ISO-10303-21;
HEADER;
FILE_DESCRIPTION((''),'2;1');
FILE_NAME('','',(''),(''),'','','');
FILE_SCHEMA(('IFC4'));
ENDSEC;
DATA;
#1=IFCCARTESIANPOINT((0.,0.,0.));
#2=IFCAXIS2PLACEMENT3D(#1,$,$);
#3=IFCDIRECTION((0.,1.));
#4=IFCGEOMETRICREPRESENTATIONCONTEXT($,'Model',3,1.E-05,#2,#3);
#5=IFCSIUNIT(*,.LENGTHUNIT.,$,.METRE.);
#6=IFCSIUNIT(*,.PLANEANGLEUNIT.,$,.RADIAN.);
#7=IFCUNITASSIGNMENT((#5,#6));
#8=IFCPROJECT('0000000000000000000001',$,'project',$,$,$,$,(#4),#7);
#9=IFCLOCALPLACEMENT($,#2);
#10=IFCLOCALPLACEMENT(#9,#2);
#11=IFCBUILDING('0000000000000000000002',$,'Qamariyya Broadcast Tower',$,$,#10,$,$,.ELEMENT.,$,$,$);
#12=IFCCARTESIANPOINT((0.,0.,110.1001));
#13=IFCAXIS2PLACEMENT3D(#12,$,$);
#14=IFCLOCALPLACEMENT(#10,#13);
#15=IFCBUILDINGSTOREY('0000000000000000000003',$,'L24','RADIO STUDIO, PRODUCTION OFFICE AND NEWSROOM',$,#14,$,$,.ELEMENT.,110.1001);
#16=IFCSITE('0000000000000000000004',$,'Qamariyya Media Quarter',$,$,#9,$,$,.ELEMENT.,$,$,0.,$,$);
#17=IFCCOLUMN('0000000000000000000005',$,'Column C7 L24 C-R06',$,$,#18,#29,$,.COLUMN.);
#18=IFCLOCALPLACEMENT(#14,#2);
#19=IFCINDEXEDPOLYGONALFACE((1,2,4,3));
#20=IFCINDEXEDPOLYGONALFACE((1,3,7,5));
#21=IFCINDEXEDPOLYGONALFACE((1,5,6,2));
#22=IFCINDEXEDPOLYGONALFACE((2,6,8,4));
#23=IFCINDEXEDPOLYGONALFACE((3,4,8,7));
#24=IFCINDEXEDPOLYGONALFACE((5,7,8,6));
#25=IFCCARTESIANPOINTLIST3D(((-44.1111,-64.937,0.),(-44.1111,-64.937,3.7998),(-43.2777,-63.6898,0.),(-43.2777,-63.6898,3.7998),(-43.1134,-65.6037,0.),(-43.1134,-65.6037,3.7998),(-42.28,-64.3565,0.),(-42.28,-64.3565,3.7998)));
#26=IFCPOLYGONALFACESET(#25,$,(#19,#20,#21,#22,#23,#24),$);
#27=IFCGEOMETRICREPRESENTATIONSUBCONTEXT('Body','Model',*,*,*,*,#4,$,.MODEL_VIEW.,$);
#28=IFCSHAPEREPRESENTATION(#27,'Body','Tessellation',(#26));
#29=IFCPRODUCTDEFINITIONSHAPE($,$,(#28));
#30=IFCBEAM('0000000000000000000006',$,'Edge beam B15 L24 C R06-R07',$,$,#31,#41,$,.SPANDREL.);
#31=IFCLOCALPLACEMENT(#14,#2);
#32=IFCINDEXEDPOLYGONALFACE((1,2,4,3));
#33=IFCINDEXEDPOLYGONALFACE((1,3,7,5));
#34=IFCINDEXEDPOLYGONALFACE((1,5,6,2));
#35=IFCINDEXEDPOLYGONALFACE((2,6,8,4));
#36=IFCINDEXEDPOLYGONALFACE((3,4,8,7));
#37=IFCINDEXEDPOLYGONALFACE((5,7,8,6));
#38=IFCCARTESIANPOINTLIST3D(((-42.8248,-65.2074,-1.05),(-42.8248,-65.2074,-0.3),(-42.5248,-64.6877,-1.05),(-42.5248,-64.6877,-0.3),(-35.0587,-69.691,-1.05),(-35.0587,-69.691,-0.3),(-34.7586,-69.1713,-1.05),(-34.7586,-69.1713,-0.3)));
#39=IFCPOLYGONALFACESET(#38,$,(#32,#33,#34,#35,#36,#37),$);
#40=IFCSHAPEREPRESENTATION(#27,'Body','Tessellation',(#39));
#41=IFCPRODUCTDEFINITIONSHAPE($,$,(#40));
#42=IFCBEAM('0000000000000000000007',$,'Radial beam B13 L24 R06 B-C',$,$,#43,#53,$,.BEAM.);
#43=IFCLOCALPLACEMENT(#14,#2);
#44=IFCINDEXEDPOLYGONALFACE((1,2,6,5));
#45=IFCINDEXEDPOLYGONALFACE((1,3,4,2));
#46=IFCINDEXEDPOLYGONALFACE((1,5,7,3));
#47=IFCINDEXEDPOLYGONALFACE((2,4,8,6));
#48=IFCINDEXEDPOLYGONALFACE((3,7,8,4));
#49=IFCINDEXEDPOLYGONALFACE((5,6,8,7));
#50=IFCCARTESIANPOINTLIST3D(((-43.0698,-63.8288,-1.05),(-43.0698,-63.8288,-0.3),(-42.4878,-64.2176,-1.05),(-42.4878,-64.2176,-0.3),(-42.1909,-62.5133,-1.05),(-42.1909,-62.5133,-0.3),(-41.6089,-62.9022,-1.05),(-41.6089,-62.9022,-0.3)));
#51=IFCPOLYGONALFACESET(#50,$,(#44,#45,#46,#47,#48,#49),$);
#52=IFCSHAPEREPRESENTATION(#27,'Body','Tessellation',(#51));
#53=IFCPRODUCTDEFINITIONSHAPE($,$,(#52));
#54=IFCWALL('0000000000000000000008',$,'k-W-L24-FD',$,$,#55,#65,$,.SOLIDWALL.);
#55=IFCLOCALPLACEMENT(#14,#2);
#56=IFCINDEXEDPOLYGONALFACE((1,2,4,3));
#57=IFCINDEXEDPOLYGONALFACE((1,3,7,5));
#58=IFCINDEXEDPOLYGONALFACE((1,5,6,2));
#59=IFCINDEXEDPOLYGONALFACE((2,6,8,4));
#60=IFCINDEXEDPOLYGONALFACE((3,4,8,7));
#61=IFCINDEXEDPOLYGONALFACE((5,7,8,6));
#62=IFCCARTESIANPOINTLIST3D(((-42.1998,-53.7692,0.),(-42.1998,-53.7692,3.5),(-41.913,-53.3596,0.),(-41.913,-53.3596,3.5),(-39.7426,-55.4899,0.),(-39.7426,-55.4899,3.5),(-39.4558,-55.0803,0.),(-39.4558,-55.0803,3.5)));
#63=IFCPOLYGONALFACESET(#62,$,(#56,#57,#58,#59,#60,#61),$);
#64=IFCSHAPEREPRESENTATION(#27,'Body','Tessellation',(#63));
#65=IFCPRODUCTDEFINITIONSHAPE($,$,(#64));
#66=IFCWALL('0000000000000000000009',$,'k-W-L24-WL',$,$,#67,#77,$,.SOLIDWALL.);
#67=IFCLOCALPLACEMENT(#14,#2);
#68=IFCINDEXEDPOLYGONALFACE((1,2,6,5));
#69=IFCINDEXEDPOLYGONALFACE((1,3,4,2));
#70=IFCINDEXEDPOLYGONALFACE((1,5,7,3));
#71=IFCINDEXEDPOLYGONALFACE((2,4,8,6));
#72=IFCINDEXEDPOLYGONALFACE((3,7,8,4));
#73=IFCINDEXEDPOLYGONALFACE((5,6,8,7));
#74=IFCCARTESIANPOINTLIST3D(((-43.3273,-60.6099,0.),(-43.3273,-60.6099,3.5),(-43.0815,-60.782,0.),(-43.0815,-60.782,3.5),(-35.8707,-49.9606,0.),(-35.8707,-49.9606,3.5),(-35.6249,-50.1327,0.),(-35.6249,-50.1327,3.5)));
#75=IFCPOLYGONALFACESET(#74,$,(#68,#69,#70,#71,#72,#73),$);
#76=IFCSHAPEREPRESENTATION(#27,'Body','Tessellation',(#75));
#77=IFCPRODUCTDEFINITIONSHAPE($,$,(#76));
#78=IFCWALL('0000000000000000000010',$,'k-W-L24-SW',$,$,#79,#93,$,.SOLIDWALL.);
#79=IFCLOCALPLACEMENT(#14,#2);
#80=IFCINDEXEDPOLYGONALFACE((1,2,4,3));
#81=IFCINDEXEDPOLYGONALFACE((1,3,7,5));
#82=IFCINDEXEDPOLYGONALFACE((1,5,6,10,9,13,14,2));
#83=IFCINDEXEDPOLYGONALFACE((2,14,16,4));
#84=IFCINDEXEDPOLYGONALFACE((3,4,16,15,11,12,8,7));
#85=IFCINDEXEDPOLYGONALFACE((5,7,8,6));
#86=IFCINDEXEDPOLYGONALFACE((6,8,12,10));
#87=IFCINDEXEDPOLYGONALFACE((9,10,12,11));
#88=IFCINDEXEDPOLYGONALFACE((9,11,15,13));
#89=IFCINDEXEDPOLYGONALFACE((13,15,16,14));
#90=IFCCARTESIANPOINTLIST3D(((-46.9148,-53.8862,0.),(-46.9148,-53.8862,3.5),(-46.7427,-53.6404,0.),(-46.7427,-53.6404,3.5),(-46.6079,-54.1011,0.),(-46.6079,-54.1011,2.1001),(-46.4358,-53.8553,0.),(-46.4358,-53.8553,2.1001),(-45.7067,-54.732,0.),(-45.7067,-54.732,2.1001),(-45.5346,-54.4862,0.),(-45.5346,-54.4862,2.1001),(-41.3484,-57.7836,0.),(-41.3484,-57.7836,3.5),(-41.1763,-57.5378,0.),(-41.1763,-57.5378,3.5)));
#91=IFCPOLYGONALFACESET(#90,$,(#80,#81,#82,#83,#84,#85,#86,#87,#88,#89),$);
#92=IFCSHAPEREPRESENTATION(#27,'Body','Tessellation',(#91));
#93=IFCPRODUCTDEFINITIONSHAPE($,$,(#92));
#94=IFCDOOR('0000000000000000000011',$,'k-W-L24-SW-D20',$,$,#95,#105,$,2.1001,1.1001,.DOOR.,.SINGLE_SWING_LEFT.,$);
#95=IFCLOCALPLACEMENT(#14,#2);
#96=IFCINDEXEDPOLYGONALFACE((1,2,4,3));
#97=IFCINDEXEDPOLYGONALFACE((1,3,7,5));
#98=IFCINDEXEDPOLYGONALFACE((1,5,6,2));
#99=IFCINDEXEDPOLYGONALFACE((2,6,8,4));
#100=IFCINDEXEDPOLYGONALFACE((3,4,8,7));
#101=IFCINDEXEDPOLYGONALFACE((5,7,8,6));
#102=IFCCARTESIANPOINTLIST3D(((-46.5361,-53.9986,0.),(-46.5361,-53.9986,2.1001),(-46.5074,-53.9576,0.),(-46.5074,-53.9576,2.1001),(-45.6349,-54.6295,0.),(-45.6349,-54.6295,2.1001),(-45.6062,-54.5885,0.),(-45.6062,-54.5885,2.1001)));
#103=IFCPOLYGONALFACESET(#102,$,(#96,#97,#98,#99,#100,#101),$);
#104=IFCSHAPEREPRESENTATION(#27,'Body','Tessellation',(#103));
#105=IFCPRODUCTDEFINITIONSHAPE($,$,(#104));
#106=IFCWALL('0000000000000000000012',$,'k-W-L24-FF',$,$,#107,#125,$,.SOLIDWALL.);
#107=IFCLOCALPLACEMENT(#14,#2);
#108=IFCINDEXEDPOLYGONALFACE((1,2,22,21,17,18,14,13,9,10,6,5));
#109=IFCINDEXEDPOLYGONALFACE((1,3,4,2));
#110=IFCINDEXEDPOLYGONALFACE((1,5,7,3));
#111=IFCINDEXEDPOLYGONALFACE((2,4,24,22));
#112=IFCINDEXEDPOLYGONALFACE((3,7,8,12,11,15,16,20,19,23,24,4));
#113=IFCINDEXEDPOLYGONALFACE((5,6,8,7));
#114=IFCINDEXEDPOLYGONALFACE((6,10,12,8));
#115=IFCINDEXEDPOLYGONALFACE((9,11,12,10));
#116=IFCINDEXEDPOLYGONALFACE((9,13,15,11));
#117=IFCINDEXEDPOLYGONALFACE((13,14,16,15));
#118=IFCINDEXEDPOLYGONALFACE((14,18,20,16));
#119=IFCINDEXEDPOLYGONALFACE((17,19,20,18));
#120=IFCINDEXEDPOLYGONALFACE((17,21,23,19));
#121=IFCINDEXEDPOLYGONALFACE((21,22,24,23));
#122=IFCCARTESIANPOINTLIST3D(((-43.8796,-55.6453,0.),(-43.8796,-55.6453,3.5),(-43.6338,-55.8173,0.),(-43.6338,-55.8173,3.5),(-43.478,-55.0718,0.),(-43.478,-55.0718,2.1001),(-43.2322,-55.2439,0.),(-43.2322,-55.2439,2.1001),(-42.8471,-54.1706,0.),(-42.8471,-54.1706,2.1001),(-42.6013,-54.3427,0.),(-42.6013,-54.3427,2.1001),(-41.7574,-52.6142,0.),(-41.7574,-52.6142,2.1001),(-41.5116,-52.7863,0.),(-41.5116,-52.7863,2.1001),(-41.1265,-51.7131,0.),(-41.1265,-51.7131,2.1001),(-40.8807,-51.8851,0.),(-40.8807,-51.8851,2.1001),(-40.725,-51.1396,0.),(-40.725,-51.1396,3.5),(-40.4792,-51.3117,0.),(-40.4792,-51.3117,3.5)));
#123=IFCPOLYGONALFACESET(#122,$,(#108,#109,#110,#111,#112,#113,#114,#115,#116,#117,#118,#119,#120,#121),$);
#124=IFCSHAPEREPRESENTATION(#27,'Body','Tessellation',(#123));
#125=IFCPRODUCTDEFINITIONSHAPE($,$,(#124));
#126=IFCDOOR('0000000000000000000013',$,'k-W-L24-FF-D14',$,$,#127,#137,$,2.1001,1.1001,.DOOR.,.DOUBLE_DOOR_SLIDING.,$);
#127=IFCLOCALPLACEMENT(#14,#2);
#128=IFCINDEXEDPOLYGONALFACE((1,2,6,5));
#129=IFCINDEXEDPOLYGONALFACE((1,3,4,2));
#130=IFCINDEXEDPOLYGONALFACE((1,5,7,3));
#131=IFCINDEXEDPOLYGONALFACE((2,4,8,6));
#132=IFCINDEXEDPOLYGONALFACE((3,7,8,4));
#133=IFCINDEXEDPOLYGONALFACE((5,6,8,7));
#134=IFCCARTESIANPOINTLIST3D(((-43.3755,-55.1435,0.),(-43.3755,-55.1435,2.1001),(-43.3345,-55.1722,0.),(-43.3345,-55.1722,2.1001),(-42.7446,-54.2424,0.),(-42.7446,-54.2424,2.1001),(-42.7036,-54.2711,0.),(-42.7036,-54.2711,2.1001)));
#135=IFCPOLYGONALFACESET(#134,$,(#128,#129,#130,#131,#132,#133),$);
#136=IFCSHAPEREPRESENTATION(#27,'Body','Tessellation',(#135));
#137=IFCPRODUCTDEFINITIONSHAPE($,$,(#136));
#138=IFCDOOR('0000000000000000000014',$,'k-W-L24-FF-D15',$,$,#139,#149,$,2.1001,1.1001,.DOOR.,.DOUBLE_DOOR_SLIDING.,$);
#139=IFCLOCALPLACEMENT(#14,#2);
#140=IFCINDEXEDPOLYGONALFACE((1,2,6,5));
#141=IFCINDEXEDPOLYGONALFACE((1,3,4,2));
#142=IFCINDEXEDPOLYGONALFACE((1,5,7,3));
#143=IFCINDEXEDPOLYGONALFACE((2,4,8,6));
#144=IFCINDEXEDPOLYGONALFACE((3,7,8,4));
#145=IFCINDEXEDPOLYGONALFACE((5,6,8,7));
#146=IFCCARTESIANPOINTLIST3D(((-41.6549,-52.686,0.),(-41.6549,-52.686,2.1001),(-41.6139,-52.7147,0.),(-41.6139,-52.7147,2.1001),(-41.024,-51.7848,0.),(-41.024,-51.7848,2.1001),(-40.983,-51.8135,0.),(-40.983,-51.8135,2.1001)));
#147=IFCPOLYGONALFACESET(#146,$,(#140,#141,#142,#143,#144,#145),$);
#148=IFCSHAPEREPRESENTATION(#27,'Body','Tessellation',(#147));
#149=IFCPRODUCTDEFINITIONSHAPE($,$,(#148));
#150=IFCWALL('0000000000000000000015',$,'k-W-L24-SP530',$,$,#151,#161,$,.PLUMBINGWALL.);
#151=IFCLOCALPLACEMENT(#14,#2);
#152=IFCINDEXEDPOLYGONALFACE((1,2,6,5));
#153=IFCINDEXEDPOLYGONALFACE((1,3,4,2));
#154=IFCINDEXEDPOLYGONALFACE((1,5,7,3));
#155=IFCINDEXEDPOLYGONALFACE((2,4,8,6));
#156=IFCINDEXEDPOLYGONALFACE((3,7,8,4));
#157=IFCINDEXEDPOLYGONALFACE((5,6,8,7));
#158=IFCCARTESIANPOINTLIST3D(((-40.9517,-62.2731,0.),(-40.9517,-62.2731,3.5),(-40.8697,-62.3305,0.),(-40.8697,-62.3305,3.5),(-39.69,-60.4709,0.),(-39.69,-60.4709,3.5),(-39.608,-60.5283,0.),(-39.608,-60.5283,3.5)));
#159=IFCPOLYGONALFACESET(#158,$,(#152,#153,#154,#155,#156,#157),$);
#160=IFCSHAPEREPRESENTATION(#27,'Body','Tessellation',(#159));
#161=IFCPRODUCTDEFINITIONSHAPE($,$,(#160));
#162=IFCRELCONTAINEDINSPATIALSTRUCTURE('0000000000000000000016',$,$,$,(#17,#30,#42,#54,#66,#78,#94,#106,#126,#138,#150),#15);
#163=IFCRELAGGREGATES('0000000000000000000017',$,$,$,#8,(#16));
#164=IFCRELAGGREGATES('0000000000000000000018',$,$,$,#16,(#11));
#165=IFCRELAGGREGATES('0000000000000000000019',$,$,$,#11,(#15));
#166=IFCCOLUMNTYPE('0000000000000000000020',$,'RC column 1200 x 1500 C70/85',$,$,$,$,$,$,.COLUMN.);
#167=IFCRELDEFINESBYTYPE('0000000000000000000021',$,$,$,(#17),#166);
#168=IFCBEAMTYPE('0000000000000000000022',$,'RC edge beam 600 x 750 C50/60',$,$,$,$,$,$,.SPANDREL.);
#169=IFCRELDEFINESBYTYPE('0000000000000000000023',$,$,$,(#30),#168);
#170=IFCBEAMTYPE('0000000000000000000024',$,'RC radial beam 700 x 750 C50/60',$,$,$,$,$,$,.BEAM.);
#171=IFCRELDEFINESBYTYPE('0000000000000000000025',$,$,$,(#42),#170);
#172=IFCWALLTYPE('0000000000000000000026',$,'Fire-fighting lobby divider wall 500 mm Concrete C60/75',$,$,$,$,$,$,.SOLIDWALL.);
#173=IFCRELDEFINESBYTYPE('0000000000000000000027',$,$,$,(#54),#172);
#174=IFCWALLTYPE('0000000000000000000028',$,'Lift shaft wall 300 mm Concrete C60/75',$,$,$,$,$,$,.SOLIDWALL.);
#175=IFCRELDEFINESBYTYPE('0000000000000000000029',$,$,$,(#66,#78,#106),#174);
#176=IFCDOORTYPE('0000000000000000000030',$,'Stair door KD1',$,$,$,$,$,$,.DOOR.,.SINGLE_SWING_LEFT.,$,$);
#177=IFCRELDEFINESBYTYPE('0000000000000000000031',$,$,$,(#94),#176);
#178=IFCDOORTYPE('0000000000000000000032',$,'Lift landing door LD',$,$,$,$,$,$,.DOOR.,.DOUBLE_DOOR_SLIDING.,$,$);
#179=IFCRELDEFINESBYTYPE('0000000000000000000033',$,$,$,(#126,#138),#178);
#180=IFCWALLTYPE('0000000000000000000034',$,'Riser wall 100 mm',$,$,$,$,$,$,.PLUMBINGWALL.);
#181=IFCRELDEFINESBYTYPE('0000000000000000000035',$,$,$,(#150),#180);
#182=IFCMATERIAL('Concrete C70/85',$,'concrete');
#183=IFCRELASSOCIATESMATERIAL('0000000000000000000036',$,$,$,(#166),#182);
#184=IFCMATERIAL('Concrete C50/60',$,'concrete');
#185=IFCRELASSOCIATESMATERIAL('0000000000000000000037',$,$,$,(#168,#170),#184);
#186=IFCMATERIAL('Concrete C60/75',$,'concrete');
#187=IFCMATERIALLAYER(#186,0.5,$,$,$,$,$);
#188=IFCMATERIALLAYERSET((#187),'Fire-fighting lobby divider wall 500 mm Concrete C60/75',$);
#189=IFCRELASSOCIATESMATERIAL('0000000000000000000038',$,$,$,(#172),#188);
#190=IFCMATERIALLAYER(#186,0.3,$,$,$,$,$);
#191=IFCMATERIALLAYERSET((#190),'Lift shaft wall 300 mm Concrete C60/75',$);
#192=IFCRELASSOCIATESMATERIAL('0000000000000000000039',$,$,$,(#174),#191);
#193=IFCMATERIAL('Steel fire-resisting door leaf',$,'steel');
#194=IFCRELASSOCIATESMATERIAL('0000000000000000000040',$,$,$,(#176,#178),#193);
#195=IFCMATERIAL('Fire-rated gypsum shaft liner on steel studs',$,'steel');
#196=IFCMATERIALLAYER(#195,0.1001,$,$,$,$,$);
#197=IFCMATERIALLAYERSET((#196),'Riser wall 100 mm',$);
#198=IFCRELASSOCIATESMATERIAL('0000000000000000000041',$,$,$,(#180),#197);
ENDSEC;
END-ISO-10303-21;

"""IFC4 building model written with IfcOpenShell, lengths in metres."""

from ifc_helpers import new_model, si_unit, direction, frame, frame_2d, origin, origin_2d, place, context, subcontext, project, spatial, rectangle, extrude, material, layer, layer_set, material_profile, profile_set, type_object, element, fill, save


model = new_model("IFC4")

# Units and contexts
model_context = context("Model", 3, precision=1e-05, world=origin(), true_north=direction((0.0, 1.0)))
body_context = subcontext(model_context, "Body", "Model", "MODEL_VIEW")
ifc_project = project(units=[si_unit("LENGTHUNIT", "METRE"), si_unit("PLANEANGLEUNIT", "RADIAN")], contexts=[model_context])

# Site, building, storey
site_placement = place(None, origin())
site = spatial("IfcSite", under=ifc_project, at=site_placement, Name="Qamariyya Media Quarter", CompositionType="ELEMENT", RefElevation=0.0)
building_placement = place(site_placement, origin())
building = spatial("IfcBuilding", under=site, at=building_placement, Name="Qamariyya Broadcast Tower", CompositionType="ELEMENT")
storey_placement = place(building_placement, frame((0.0, 0.0, 110.1001)))
storey = spatial("IfcBuildingStorey", under=building, at=storey_placement, Name="L24", Description="RADIO STUDIO, PRODUCTION OFFICE AND NEWSROOM", CompositionType="ELEMENT", Elevation=110.1001)

# Column
ifc_material_1 = material(Name="Concrete C70/85", Category="concrete")
ifc_material_profile_1 = material_profile(ifc_material_1, rectangle(XDim=1.2, YDim=1.5, at=origin_2d()))
ifc_profile_set_1 = profile_set([ifc_material_profile_1], Name="Concrete C70/85")
column_type = type_object("IfcColumnType", Name="RC column 1200 x 1500 C70/85", PredefinedType="COLUMN", material=ifc_profile_set_1)
column_placement = place(storey_placement, frame((-43.1956, -64.6467, 0.0), z_axis=(0.0, 0.0, 1.0), x_axis=(0.83147, -0.55557, 0.0)))
element("IfcColumn", 1, at=column_placement, inside=storey, type_object=column_type, Name="Column C7 L24 C-R06", PredefinedType="COLUMN", context=body_context, shape_type="SweptSolid", body=[
    extrude(rectangle(XDim=1.2, YDim=1.5, at=origin_2d()), origin(), (0.0, 0.0, 1.0), 3.7998),
])

# Beams
ifc_material_2 = material(Name="Concrete C50/60", Category="concrete")
ifc_material_profile_2 = material_profile(ifc_material_2, rectangle(XDim=0.6001, YDim=0.75, at=origin_2d()))
ifc_profile_set_2 = profile_set([ifc_material_profile_2], Name="Concrete C50/60")
beam_type_1 = type_object("IfcBeamType", Name="RC edge beam 600 x 750 C50/60", PredefinedType="SPANDREL", material=ifc_profile_set_2)
beam_1_placement = place(storey_placement, frame((-42.6748, -64.9475, -0.675), z_axis=(0.866031, -0.49999, 0.0), x_axis=(0.49999, 0.866031, 0.0)))
element("IfcBeam", 2, at=beam_1_placement, inside=storey, type_object=beam_type_1, Name="Edge beam B15 L24 C R06-R07", PredefinedType="SPANDREL", context=body_context, shape_type="SweptSolid", body=[
    extrude(rectangle(XDim=0.6001, YDim=0.75, at=origin_2d()), origin(), (0.0, 0.0, 1.0), 8.9675),
])
ifc_material_profile_3 = material_profile(ifc_material_2, rectangle(XDim=0.7, YDim=0.75, at=origin_2d()))
ifc_profile_set_3 = profile_set([ifc_material_profile_3], Name="Concrete C50/60")
beam_type_2 = type_object("IfcBeamType", Name="RC radial beam 700 x 750 C50/60", PredefinedType="BEAM", material=ifc_profile_set_3)
beam_2_placement = place(storey_placement, frame((-41.8999, -62.7078, -0.675), z_axis=(-0.555555, -0.83148, 0.0), x_axis=(0.83148, -0.555555, 0.0)))
element("IfcBeam", 3, at=beam_2_placement, inside=storey, type_object=beam_type_2, Name="Radial beam B13 L24 R06 B-C", PredefinedType="BEAM", context=body_context, shape_type="SweptSolid", body=[
    extrude(rectangle(XDim=0.7, YDim=0.75, at=origin_2d()), origin(), (0.0, 0.0, 1.0), 1.582),
])

# Walls
ifc_material_3 = material(Name="Concrete C60/75", Category="concrete")
ifc_layer_1 = layer(ifc_material_3, 0.5)
ifc_layer_set_1 = layer_set([ifc_layer_1], Name="Fire-fighting lobby divider wall 500 mm Concrete C60/75")
wall_type_1 = type_object("IfcWallType", Name="Fire-fighting lobby divider wall 500 mm Concrete C60/75", PredefinedType="SOLIDWALL", material=ifc_layer_set_1)
wall_1_placement = place(storey_placement, frame((-39.5991, -55.2852, 0.0), z_axis=(0.0, 0.0, 1.0), x_axis=(-0.819136, 0.573599, 0.0)))
element("IfcWall", 4, at=wall_1_placement, inside=storey, type_object=wall_type_1, Name="k-W-L24-FD", PredefinedType="SOLIDWALL", context=body_context, shape_type="SweptSolid", body=[
    extrude(rectangle(XDim=2.9998, YDim=0.5, at=frame_2d((1.5, 0.0))), origin(), (0.0, 0.0, 1.0), 3.5),
])
ifc_layer_2 = layer(ifc_material_3, 0.3)
ifc_layer_set_2 = layer_set([ifc_layer_2], Name="Lift shaft wall 300 mm Concrete C60/75")
wall_type_2 = type_object("IfcWallType", Name="Lift shaft wall 300 mm Concrete C60/75", PredefinedType="SOLIDWALL", material=ifc_layer_set_2)
wall_2_placement = place(storey_placement, frame((-43.2043, -60.6958, 0.0), z_axis=(0.0, 0.0, 1.0), x_axis=(0.573572, 0.819155, 0.0)))
element("IfcWall", 5, at=wall_2_placement, inside=storey, type_object=wall_type_2, Name="k-W-L24-WL", PredefinedType="SOLIDWALL", context=body_context, shape_type="SweptSolid", body=[
    extrude(rectangle(XDim=13.0002, YDim=0.3, at=frame_2d((6.5, 0.0))), origin(), (0.0, 0.0, 1.0), 3.5),
])

# Wall, opening, door
wall_3_placement = place(storey_placement, frame((-41.2625, -57.6606, 0.0), z_axis=(0.0, 0.0, 1.0), x_axis=(-0.819164, 0.573559, 0.0)))
wall_3 = element("IfcWall", 6, at=wall_3_placement, inside=storey, type_object=wall_type_2, Name="k-W-L24-SW", PredefinedType="SOLIDWALL", context=body_context, shape_type="SweptSolid", body=[
    extrude(rectangle(XDim=6.7952, YDim=0.3, at=frame_2d((3.3975, 0.0))), origin(), (0.0, 0.0, 1.0), 3.5),
])
opening_1_placement = place(wall_3_placement, frame((5.3203, 0.0, 0.0)))
opening_1 = element("IfcOpeningElement", 7, at=opening_1_placement, cuts=wall_3, PredefinedType="OPENING", context=body_context, shape_type="SweptSolid", body=[
    extrude(rectangle(XDim=1.1001, YDim=2.1001, at=frame_2d((0.55, 1.05))), frame((0.0, 0.1599, 0.0), z_axis=(0.0, -1.0, 0.0), x_axis=(1.0, 0.0, 0.0)), (0.0, 0.0, 1.0), 0.3201),
])
ifc_material_4 = material(Name="Steel fire-resisting door leaf", Category="steel")
door_type_1 = type_object("IfcDoorType", Name="Stair door KD1", OperationType="SINGLE_SWING_LEFT", PredefinedType="DOOR", material=ifc_material_4)
door_1_placement = place(opening_1_placement, origin())
door_1 = element("IfcDoor", 8, at=door_1_placement, inside=storey, type_object=door_type_1, Name="k-W-L24-SW-D20", OperationType="SINGLE_SWING_LEFT", OverallHeight=2.1001, OverallWidth=1.1001, PredefinedType="DOOR", context=body_context, shape_type="SweptSolid", body=[
    extrude(rectangle(XDim=1.1001, YDim=2.1001, at=frame_2d((0.55, 1.05))), frame((0.0, 0.0249, 0.0), z_axis=(0.0, -1.0, 0.0), x_axis=(1.0, 0.0, 0.0)), (0.0, 0.0, 1.0), 0.05),
])
fill(opening_1, door_1)

# Wall, openings, doors
wall_4_placement = place(storey_placement, frame((-43.7566, -55.7312, 0.0), z_axis=(0.0, 0.0, 1.0), x_axis=(0.573537, 0.81918, 0.0)))
wall_4 = element("IfcWall", 9, at=wall_4_placement, inside=storey, type_object=wall_type_2, Name="k-W-L24-FF", PredefinedType="SOLIDWALL", context=body_context, shape_type="SweptSolid", body=[
    extrude(rectangle(XDim=5.5002, YDim=0.3, at=frame_2d((2.75, 0.0))), origin(), (0.0, 0.0, 1.0), 3.5),
])
opening_2_placement = place(wall_4_placement, frame((0.7, 0.0, 0.0)))
opening_2 = element("IfcOpeningElement", 10, at=opening_2_placement, cuts=wall_4, PredefinedType="OPENING", context=body_context, shape_type="SweptSolid", body=[
    extrude(rectangle(XDim=1.1001, YDim=2.1001, at=frame_2d((0.55, 1.05))), frame((0.0, 0.1599, 0.0), z_axis=(0.0, -1.0, 0.0), x_axis=(1.0, 0.0, 0.0)), (0.0, 0.0, 1.0), 0.3201),
])
opening_3_placement = place(wall_4_placement, frame((3.7, 0.0, 0.0)))
opening_3 = element("IfcOpeningElement", 11, at=opening_3_placement, cuts=wall_4, PredefinedType="OPENING", context=body_context, shape_type="SweptSolid", body=[
    extrude(rectangle(XDim=1.1001, YDim=2.1001, at=frame_2d((0.55, 1.05))), frame((0.0, 0.1599, 0.0), z_axis=(0.0, -1.0, 0.0), x_axis=(1.0, 0.0, 0.0)), (0.0, 0.0, 1.0), 0.3201),
])
door_type_2 = type_object("IfcDoorType", Name="Lift landing door LD", OperationType="DOUBLE_DOOR_SLIDING", PredefinedType="DOOR", material=ifc_material_4)
door_2_placement = place(opening_2_placement, origin())
door_2 = element("IfcDoor", 12, at=door_2_placement, inside=storey, type_object=door_type_2, Name="k-W-L24-FF-D14", OperationType="DOUBLE_DOOR_SLIDING", OverallHeight=2.1001, OverallWidth=1.1001, PredefinedType="DOOR", context=body_context, shape_type="SweptSolid", body=[
    extrude(rectangle(XDim=1.1001, YDim=2.1001, at=frame_2d((0.55, 1.05))), frame((0.0, 0.0249, 0.0), z_axis=(0.0, -1.0, 0.0), x_axis=(1.0, 0.0, 0.0)), (0.0, 0.0, 1.0), 0.05),
])
fill(opening_2, door_2)
door_3_placement = place(opening_3_placement, origin())
door_3 = element("IfcDoor", 13, at=door_3_placement, inside=storey, type_object=door_type_2, Name="k-W-L24-FF-D15", OperationType="DOUBLE_DOOR_SLIDING", OverallHeight=2.1001, OverallWidth=1.1001, PredefinedType="DOOR", context=body_context, shape_type="SweptSolid", body=[
    extrude(rectangle(XDim=1.1001, YDim=2.1001, at=frame_2d((0.55, 1.05))), frame((0.0, 0.0249, 0.0), z_axis=(0.0, -1.0, 0.0), x_axis=(1.0, 0.0, 0.0)), (0.0, 0.0, 1.0), 0.05),
])
fill(opening_3, door_3)

# Wall
ifc_material_5 = material(Name="Fire-rated gypsum shaft liner on steel studs", Category="steel")
ifc_layer_3 = layer(ifc_material_5, 0.1001)
ifc_layer_set_3 = layer_set([ifc_layer_3], Name="Riser wall 100 mm")
wall_type_3 = type_object("IfcWallType", Name="Riser wall 100 mm", PredefinedType="PLUMBINGWALL", material=ifc_layer_set_3)
wall_5_placement = place(storey_placement, frame((-39.6489, -60.4995, 0.0), z_axis=(0.0, 0.0, 1.0), x_axis=(-0.573507, -0.819201, 0.0)))
element("IfcWall", 14, at=wall_5_placement, inside=storey, type_object=wall_type_3, Name="k-W-L24-SP530", PredefinedType="PLUMBINGWALL", context=body_context, shape_type="SweptSolid", body=[
    extrude(rectangle(XDim=2.2, YDim=0.1001, at=frame_2d((1.1001, 0.0))), origin(), (0.0, 0.0, 1.0), 3.5),
])

save(model, "model.ifc")
